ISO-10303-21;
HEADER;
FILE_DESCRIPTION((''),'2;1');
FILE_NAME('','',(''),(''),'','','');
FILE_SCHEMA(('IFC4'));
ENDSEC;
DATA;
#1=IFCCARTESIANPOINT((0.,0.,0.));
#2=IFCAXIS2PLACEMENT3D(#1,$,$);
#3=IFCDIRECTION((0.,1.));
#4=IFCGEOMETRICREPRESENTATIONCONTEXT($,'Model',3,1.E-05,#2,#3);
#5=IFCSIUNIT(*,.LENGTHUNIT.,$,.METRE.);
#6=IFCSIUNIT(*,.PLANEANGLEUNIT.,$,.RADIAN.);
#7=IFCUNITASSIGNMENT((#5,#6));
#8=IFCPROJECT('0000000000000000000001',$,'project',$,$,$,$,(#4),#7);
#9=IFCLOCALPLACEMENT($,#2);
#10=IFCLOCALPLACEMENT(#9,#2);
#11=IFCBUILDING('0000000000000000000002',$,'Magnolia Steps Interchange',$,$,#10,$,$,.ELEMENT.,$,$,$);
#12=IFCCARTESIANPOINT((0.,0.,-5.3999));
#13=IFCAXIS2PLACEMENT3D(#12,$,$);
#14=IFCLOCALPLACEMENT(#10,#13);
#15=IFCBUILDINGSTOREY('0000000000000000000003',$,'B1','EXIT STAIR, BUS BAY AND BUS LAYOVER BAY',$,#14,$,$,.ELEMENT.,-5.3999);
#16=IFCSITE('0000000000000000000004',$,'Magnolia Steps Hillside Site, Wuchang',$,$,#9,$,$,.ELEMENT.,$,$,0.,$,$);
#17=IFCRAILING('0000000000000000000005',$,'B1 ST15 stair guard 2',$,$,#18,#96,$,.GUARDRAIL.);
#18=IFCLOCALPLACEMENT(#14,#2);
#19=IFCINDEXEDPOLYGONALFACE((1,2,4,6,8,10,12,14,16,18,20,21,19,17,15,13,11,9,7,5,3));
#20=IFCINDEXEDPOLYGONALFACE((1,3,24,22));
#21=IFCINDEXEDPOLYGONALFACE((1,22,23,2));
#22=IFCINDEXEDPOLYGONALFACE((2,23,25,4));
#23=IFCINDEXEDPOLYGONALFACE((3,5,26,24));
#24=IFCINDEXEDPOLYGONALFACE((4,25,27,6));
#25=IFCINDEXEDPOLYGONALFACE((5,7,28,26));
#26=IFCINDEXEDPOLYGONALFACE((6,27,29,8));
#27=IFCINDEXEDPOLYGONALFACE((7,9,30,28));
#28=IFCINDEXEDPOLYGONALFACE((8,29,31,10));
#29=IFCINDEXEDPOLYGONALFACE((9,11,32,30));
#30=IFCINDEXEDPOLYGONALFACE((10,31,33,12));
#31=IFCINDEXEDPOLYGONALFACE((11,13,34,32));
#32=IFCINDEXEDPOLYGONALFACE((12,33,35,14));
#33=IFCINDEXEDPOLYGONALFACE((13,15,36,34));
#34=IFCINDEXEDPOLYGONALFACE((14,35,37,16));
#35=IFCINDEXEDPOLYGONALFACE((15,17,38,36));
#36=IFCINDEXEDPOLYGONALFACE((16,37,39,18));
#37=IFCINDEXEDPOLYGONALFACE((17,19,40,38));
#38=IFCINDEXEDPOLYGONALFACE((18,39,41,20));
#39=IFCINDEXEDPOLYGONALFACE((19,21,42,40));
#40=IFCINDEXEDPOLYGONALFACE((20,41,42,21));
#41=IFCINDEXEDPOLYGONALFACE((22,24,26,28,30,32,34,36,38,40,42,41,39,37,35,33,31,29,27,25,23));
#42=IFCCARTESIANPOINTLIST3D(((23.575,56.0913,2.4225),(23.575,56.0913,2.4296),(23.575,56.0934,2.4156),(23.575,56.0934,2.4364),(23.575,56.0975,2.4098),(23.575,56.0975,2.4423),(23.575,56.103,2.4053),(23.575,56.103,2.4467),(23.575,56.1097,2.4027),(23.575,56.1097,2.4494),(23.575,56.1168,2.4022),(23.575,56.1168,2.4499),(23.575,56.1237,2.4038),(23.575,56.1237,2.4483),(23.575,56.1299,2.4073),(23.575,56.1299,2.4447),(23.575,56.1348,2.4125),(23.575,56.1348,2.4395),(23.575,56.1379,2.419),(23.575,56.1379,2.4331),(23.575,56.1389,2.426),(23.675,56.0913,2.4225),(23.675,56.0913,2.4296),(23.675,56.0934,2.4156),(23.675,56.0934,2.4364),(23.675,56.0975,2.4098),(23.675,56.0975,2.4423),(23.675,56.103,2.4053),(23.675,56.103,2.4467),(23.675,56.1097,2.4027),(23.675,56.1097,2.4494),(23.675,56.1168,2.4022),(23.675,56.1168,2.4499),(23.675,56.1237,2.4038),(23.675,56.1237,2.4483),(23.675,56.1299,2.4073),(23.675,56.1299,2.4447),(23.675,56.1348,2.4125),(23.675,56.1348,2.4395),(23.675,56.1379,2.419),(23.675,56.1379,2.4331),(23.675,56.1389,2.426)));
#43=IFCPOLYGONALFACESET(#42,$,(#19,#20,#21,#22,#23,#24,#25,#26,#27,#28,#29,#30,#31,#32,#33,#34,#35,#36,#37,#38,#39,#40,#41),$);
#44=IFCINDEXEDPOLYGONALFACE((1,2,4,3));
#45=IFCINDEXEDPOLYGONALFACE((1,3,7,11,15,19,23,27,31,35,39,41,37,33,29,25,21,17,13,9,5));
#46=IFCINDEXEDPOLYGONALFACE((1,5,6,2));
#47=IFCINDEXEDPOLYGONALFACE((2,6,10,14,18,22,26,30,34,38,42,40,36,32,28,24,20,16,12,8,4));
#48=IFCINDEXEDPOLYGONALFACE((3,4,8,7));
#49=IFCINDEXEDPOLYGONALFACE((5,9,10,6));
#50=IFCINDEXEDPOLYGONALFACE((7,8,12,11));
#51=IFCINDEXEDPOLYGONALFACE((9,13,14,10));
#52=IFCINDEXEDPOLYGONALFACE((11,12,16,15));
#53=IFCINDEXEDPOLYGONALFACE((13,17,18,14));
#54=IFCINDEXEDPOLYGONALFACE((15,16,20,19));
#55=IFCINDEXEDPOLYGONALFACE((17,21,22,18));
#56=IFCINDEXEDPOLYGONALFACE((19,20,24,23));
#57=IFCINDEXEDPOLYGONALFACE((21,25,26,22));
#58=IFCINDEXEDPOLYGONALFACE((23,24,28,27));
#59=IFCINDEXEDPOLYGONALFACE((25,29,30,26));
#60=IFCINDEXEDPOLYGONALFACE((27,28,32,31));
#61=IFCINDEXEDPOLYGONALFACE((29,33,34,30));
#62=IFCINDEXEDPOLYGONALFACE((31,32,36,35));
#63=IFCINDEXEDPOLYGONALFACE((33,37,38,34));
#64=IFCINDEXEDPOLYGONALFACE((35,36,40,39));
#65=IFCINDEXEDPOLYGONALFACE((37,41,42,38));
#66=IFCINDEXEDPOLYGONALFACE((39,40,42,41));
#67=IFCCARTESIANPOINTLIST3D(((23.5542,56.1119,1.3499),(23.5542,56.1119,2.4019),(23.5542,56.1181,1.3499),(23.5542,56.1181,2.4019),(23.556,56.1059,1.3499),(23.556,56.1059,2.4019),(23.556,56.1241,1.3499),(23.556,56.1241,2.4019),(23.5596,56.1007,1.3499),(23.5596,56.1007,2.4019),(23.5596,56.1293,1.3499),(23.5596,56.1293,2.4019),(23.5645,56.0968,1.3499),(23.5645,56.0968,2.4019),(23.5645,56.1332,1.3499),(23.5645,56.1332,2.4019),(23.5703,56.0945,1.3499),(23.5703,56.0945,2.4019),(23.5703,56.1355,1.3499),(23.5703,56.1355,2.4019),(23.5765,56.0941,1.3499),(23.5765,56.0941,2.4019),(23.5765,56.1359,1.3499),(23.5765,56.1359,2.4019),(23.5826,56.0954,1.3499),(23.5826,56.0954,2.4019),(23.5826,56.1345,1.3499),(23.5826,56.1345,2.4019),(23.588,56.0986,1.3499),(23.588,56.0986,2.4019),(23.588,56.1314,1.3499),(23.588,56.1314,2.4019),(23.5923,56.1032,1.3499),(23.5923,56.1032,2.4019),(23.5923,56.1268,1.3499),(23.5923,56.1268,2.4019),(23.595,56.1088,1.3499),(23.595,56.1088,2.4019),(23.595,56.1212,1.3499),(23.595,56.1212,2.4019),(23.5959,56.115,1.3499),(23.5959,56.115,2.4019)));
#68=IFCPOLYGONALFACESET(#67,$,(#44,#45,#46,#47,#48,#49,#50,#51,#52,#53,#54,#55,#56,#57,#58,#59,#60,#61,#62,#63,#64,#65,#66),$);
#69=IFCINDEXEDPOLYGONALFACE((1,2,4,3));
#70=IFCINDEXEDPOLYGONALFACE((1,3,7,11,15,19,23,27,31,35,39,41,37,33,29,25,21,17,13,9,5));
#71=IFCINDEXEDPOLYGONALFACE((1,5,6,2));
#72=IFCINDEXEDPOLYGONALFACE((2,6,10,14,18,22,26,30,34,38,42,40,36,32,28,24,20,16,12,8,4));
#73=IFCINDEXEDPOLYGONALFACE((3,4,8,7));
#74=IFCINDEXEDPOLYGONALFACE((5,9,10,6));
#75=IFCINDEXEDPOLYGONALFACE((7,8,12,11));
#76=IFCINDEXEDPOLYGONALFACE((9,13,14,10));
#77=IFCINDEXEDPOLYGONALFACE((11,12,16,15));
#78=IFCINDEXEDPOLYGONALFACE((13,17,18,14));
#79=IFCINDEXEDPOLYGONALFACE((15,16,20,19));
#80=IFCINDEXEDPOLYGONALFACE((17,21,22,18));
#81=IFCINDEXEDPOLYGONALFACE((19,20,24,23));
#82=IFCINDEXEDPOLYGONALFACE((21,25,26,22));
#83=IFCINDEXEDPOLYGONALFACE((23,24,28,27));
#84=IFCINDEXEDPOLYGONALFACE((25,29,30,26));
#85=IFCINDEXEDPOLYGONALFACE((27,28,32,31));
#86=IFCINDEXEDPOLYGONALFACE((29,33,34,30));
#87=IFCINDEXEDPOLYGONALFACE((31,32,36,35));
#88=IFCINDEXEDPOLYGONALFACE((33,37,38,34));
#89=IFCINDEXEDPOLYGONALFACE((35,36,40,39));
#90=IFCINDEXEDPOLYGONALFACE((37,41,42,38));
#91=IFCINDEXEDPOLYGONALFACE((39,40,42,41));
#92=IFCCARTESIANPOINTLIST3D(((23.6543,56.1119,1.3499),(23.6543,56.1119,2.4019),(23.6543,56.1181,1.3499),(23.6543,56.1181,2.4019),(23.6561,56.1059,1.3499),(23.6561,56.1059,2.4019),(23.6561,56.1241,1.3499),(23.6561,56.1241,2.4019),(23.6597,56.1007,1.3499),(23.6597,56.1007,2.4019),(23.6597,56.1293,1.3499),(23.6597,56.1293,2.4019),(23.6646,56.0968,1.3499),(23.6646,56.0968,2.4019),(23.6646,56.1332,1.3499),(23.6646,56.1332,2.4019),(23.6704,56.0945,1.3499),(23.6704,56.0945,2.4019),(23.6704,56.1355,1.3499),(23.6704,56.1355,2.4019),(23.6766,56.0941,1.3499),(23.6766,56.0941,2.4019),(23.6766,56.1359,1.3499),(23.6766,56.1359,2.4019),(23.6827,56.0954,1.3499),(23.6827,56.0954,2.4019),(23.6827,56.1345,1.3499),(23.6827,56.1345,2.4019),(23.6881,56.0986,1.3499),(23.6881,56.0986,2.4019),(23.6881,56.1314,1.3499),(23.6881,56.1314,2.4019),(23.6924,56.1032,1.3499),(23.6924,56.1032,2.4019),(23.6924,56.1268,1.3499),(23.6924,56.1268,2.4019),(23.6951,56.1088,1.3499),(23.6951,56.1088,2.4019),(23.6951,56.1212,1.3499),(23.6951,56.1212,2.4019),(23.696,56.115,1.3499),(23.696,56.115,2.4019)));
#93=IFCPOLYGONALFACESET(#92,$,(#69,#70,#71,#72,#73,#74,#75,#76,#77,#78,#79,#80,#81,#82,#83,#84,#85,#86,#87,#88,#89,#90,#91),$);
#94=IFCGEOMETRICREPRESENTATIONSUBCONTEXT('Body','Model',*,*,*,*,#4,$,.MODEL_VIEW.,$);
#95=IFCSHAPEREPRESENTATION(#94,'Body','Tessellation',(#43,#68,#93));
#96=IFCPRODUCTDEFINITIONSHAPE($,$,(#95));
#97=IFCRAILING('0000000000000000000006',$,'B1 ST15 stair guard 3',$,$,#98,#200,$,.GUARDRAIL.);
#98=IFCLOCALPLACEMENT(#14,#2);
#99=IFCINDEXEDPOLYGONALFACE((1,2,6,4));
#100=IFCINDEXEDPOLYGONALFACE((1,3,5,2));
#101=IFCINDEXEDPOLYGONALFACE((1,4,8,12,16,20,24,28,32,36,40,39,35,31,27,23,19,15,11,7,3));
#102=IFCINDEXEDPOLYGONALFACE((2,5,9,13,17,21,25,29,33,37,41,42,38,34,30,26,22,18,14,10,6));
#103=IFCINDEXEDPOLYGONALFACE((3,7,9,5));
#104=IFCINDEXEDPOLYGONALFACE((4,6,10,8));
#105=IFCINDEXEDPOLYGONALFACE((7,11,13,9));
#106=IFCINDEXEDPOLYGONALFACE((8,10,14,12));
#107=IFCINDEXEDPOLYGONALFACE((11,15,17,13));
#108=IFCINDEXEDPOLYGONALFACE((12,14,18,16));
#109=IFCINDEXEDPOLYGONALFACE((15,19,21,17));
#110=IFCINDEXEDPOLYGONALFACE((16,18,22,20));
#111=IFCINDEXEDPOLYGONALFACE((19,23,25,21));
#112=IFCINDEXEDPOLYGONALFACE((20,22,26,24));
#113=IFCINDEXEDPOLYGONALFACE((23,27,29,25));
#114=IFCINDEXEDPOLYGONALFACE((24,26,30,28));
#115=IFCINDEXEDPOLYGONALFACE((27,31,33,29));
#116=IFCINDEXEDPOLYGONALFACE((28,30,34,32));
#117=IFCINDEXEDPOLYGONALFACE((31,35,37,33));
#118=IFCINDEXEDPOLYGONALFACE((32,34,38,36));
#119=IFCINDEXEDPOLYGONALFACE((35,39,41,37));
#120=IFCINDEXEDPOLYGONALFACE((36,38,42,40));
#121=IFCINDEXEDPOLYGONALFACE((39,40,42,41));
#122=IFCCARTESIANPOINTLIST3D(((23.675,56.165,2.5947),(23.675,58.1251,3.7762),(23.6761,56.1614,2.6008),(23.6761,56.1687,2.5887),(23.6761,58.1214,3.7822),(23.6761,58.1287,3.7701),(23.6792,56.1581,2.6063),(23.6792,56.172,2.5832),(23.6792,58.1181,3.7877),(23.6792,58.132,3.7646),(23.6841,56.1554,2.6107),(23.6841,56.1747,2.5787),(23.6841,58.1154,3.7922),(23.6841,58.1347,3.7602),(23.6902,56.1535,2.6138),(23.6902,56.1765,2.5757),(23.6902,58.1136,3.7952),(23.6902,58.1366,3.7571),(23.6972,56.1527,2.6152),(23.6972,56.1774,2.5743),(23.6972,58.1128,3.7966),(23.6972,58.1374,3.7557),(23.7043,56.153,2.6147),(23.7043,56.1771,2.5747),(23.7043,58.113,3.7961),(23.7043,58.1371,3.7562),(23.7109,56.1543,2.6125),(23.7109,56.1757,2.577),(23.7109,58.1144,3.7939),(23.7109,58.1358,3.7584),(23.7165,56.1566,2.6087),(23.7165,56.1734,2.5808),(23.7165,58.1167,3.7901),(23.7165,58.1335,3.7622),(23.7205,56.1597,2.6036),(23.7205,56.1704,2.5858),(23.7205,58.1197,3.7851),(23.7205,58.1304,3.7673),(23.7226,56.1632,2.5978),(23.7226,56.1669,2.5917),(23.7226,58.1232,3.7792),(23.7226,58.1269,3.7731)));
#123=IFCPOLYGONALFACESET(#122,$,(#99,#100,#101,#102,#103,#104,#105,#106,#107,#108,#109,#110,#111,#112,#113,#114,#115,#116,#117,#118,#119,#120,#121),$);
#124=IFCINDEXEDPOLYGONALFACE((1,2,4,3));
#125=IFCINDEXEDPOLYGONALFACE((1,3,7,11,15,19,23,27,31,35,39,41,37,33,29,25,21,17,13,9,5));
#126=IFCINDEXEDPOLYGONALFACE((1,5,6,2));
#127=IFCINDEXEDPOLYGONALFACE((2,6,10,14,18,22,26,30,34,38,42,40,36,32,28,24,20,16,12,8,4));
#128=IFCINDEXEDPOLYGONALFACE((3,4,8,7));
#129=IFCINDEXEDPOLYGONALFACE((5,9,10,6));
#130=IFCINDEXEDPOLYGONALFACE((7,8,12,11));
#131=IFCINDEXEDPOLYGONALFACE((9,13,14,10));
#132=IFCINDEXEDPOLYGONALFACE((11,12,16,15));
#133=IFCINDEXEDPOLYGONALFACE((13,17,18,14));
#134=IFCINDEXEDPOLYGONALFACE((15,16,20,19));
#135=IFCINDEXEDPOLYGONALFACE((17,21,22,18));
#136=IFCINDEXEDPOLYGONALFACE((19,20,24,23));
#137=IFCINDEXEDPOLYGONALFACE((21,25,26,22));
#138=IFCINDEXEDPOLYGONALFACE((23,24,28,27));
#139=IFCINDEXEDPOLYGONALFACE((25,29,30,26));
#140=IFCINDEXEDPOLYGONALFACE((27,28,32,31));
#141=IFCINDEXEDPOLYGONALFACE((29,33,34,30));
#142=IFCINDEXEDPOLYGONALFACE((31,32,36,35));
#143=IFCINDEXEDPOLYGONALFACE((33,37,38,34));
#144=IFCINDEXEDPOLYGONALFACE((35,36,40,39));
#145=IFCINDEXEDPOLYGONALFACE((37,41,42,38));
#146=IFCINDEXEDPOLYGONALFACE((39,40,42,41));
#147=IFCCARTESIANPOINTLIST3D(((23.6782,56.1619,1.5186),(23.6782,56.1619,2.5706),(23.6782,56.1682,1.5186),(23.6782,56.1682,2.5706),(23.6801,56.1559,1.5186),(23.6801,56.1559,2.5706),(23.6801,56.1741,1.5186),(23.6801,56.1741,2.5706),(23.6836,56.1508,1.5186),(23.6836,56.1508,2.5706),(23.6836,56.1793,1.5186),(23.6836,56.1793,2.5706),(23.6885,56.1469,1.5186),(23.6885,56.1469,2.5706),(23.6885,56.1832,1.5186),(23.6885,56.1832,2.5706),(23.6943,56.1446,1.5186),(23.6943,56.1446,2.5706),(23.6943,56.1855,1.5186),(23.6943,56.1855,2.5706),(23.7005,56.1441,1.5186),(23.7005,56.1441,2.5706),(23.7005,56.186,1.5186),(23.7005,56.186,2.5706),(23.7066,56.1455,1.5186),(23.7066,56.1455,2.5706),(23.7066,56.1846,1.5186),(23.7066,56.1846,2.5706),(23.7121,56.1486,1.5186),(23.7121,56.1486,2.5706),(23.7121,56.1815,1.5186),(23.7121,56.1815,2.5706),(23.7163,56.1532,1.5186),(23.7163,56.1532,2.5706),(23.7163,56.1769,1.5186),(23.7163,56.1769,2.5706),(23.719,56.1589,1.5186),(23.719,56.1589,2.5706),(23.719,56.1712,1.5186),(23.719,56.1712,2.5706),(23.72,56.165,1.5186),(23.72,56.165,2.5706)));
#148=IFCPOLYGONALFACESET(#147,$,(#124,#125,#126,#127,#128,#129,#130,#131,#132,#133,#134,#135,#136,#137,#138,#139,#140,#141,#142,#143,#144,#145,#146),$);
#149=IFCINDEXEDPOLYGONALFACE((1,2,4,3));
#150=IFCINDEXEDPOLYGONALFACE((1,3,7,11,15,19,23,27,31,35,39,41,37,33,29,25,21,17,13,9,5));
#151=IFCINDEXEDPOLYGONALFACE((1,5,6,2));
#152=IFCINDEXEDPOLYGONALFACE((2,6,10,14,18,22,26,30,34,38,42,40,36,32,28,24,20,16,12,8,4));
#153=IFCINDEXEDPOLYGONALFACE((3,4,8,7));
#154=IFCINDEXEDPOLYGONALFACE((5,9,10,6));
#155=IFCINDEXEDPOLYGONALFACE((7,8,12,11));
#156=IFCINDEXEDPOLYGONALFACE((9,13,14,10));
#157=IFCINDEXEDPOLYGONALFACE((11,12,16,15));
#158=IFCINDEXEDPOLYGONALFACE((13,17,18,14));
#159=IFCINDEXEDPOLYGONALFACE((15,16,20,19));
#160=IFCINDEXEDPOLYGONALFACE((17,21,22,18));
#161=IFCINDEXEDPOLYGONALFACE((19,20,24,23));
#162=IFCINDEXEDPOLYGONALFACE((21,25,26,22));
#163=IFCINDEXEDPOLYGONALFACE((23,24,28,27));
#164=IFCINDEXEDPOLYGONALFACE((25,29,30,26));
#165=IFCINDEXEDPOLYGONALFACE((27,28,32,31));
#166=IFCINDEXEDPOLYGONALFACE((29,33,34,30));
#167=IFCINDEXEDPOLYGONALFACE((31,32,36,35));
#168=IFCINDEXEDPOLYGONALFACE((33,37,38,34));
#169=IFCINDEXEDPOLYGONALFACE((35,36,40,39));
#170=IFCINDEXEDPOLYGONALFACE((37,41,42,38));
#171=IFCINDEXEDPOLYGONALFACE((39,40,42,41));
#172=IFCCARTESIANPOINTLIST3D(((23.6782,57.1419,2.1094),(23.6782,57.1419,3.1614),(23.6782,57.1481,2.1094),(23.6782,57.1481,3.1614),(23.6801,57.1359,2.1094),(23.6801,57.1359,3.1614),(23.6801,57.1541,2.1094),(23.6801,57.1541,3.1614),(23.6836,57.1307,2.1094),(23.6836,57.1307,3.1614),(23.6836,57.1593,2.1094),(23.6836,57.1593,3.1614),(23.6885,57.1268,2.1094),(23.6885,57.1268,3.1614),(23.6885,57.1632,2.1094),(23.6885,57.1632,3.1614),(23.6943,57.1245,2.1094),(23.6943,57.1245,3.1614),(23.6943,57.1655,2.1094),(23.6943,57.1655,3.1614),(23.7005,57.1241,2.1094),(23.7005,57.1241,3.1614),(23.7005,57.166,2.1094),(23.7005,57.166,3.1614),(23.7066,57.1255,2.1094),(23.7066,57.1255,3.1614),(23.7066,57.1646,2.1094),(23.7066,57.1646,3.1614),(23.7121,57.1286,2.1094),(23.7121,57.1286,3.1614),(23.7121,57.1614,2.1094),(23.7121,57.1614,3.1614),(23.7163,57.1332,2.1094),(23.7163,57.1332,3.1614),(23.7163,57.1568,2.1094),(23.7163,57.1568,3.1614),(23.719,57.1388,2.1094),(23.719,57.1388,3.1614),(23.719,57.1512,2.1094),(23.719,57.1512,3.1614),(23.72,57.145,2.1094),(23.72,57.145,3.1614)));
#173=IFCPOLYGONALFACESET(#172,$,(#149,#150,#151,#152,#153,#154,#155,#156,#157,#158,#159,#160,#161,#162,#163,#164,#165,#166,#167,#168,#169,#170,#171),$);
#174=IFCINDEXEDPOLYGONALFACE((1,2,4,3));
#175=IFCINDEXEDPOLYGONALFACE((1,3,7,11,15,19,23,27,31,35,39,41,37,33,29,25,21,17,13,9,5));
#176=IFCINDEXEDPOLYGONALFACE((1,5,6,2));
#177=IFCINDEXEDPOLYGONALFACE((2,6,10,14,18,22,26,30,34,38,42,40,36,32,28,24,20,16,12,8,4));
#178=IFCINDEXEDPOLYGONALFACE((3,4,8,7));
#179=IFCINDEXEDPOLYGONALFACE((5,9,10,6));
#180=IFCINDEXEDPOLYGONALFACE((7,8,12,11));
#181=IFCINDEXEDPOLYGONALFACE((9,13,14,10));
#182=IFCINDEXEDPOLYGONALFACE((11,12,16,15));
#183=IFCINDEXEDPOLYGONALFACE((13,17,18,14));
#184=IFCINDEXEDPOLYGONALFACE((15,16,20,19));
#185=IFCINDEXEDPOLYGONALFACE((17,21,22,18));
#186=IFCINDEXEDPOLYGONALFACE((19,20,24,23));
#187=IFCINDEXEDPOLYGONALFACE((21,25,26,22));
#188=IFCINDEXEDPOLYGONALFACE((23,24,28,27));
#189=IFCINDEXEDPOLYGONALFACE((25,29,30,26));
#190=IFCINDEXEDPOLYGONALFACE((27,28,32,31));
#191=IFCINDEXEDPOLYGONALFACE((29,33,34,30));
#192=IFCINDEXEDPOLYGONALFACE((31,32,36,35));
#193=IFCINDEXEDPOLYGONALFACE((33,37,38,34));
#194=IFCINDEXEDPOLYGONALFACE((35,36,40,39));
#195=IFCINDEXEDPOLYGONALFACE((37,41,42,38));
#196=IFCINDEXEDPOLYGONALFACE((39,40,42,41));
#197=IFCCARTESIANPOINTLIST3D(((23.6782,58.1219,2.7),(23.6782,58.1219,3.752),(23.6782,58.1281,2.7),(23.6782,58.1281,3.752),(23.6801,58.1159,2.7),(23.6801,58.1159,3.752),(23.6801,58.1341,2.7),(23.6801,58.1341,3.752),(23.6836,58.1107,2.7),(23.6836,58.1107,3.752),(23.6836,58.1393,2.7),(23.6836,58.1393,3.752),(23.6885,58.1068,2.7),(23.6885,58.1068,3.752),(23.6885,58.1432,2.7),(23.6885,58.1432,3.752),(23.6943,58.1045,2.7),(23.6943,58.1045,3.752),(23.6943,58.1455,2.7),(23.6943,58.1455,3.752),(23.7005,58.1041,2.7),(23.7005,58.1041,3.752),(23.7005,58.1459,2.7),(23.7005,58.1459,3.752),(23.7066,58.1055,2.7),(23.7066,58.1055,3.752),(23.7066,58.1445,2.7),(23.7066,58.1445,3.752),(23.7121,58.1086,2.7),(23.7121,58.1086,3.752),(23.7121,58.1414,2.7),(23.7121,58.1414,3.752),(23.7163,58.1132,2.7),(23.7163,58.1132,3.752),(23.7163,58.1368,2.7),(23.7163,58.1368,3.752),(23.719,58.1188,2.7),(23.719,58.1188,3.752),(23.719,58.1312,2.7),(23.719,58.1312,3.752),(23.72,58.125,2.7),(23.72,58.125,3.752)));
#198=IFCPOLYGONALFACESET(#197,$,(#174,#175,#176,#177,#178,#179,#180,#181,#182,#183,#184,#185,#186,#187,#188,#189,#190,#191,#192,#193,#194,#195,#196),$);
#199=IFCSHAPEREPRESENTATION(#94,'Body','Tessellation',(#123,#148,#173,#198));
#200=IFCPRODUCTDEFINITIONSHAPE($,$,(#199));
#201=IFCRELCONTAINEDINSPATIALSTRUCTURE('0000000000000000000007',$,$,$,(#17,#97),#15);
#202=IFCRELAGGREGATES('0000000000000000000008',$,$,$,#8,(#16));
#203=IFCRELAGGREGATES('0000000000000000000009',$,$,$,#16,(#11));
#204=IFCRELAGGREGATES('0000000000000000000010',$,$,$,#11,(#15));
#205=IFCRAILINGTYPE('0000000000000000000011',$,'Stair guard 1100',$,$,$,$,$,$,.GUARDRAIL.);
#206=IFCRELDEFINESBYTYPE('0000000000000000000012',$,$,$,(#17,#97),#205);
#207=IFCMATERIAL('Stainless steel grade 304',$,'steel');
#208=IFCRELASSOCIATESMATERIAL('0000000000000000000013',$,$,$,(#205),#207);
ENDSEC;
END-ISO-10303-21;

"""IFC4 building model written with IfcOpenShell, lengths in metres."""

from ifc_helpers import new_model, si_unit, direction, frame, origin, origin_2d, place, context, subcontext, project, spatial, circle, extrude, material, type_object, element, save


model = new_model("IFC4")

# Units and contexts
model_context = context("Model", 3, precision=1e-05, world=origin(), true_north=direction((0.0, 1.0)))
body_context = subcontext(model_context, "Body", "Model", "MODEL_VIEW")
ifc_project = project(units=[si_unit("LENGTHUNIT", "METRE"), si_unit("PLANEANGLEUNIT", "RADIAN")], contexts=[model_context])

# Site, building, storey
site_placement = place(None, origin())
site = spatial("IfcSite", under=ifc_project, at=site_placement, Name="Magnolia Steps Hillside Site, Wuchang", CompositionType="ELEMENT", RefElevation=0.0)
building_placement = place(site_placement, origin())
building = spatial("IfcBuilding", under=site, at=building_placement, Name="Magnolia Steps Interchange", CompositionType="ELEMENT")
storey_placement = place(building_placement, frame((0.0, 0.0, -5.3999)))
storey = spatial("IfcBuildingStorey", under=building, at=storey_placement, Name="B1", Description="EXIT STAIR, BUS BAY AND BUS LAYOVER BAY", CompositionType="ELEMENT", Elevation=-5.3999)

# Railings
ifc_material_1 = material(Name="Stainless steel grade 304", Category="steel")
railing_type_1 = type_object("IfcRailingType", Name="Stair guard 1100", PredefinedType="GUARDRAIL", material=ifc_material_1)
railing_1_placement = place(storey_placement, frame((23.575, 56.115, 1.3499)))
element("IfcRailing", 1, at=railing_1_placement, inside=storey, type_object=railing_type_1, Name="B1 ST15 stair guard 2", PredefinedType="GUARDRAIL", context=body_context, shape_type="SweptSolid", body=[
    extrude(circle(Radius=0.0239, at=origin_2d()), frame((0.0, 0.0, 1.0762), z_axis=(1.0, 0.0, 0.0), x_axis=(0.0, 1.0, 0.0)), (0.0, 0.0, 1.0), 0.1001),
    extrude(circle(Radius=0.021, at=origin_2d()), origin(), (0.0, 0.0, 1.0), 1.052),
    extrude(circle(Radius=0.021, at=origin_2d()), frame((0.1001, 0.0, 0.0)), (0.0, 0.0, 1.0), 1.052),
])
railing_2_placement = place(storey_placement, frame((23.699, 56.165, 1.5186)))
element("IfcRailing", 2, at=railing_2_placement, inside=storey, type_object=railing_type_1, Name="B1 ST15 stair guard 3", PredefinedType="GUARDRAIL", context=body_context, shape_type="SweptSolid", body=[
    extrude(circle(Radius=0.0239, at=origin_2d()), frame((0.0, 0.0, 1.0762), z_axis=(0.0, 0.856446, 0.516236), x_axis=(-1.0, 0.0, 0.0)), (0.0, 0.0, 1.0), 2.2886),
    extrude(circle(Radius=0.021, at=origin_2d()), origin(), (0.0, 0.0, 1.0), 1.052),
    extrude(circle(Radius=0.021, at=origin_2d()), frame((0.0, 0.98, 0.5908)), (0.0, 0.0, 1.0), 1.052),
    extrude(circle(Radius=0.021, at=origin_2d()), frame((0.0, 1.96, 1.1814)), (0.0, 0.0, 1.0), 1.052),
])

save(model, "model.ifc")
